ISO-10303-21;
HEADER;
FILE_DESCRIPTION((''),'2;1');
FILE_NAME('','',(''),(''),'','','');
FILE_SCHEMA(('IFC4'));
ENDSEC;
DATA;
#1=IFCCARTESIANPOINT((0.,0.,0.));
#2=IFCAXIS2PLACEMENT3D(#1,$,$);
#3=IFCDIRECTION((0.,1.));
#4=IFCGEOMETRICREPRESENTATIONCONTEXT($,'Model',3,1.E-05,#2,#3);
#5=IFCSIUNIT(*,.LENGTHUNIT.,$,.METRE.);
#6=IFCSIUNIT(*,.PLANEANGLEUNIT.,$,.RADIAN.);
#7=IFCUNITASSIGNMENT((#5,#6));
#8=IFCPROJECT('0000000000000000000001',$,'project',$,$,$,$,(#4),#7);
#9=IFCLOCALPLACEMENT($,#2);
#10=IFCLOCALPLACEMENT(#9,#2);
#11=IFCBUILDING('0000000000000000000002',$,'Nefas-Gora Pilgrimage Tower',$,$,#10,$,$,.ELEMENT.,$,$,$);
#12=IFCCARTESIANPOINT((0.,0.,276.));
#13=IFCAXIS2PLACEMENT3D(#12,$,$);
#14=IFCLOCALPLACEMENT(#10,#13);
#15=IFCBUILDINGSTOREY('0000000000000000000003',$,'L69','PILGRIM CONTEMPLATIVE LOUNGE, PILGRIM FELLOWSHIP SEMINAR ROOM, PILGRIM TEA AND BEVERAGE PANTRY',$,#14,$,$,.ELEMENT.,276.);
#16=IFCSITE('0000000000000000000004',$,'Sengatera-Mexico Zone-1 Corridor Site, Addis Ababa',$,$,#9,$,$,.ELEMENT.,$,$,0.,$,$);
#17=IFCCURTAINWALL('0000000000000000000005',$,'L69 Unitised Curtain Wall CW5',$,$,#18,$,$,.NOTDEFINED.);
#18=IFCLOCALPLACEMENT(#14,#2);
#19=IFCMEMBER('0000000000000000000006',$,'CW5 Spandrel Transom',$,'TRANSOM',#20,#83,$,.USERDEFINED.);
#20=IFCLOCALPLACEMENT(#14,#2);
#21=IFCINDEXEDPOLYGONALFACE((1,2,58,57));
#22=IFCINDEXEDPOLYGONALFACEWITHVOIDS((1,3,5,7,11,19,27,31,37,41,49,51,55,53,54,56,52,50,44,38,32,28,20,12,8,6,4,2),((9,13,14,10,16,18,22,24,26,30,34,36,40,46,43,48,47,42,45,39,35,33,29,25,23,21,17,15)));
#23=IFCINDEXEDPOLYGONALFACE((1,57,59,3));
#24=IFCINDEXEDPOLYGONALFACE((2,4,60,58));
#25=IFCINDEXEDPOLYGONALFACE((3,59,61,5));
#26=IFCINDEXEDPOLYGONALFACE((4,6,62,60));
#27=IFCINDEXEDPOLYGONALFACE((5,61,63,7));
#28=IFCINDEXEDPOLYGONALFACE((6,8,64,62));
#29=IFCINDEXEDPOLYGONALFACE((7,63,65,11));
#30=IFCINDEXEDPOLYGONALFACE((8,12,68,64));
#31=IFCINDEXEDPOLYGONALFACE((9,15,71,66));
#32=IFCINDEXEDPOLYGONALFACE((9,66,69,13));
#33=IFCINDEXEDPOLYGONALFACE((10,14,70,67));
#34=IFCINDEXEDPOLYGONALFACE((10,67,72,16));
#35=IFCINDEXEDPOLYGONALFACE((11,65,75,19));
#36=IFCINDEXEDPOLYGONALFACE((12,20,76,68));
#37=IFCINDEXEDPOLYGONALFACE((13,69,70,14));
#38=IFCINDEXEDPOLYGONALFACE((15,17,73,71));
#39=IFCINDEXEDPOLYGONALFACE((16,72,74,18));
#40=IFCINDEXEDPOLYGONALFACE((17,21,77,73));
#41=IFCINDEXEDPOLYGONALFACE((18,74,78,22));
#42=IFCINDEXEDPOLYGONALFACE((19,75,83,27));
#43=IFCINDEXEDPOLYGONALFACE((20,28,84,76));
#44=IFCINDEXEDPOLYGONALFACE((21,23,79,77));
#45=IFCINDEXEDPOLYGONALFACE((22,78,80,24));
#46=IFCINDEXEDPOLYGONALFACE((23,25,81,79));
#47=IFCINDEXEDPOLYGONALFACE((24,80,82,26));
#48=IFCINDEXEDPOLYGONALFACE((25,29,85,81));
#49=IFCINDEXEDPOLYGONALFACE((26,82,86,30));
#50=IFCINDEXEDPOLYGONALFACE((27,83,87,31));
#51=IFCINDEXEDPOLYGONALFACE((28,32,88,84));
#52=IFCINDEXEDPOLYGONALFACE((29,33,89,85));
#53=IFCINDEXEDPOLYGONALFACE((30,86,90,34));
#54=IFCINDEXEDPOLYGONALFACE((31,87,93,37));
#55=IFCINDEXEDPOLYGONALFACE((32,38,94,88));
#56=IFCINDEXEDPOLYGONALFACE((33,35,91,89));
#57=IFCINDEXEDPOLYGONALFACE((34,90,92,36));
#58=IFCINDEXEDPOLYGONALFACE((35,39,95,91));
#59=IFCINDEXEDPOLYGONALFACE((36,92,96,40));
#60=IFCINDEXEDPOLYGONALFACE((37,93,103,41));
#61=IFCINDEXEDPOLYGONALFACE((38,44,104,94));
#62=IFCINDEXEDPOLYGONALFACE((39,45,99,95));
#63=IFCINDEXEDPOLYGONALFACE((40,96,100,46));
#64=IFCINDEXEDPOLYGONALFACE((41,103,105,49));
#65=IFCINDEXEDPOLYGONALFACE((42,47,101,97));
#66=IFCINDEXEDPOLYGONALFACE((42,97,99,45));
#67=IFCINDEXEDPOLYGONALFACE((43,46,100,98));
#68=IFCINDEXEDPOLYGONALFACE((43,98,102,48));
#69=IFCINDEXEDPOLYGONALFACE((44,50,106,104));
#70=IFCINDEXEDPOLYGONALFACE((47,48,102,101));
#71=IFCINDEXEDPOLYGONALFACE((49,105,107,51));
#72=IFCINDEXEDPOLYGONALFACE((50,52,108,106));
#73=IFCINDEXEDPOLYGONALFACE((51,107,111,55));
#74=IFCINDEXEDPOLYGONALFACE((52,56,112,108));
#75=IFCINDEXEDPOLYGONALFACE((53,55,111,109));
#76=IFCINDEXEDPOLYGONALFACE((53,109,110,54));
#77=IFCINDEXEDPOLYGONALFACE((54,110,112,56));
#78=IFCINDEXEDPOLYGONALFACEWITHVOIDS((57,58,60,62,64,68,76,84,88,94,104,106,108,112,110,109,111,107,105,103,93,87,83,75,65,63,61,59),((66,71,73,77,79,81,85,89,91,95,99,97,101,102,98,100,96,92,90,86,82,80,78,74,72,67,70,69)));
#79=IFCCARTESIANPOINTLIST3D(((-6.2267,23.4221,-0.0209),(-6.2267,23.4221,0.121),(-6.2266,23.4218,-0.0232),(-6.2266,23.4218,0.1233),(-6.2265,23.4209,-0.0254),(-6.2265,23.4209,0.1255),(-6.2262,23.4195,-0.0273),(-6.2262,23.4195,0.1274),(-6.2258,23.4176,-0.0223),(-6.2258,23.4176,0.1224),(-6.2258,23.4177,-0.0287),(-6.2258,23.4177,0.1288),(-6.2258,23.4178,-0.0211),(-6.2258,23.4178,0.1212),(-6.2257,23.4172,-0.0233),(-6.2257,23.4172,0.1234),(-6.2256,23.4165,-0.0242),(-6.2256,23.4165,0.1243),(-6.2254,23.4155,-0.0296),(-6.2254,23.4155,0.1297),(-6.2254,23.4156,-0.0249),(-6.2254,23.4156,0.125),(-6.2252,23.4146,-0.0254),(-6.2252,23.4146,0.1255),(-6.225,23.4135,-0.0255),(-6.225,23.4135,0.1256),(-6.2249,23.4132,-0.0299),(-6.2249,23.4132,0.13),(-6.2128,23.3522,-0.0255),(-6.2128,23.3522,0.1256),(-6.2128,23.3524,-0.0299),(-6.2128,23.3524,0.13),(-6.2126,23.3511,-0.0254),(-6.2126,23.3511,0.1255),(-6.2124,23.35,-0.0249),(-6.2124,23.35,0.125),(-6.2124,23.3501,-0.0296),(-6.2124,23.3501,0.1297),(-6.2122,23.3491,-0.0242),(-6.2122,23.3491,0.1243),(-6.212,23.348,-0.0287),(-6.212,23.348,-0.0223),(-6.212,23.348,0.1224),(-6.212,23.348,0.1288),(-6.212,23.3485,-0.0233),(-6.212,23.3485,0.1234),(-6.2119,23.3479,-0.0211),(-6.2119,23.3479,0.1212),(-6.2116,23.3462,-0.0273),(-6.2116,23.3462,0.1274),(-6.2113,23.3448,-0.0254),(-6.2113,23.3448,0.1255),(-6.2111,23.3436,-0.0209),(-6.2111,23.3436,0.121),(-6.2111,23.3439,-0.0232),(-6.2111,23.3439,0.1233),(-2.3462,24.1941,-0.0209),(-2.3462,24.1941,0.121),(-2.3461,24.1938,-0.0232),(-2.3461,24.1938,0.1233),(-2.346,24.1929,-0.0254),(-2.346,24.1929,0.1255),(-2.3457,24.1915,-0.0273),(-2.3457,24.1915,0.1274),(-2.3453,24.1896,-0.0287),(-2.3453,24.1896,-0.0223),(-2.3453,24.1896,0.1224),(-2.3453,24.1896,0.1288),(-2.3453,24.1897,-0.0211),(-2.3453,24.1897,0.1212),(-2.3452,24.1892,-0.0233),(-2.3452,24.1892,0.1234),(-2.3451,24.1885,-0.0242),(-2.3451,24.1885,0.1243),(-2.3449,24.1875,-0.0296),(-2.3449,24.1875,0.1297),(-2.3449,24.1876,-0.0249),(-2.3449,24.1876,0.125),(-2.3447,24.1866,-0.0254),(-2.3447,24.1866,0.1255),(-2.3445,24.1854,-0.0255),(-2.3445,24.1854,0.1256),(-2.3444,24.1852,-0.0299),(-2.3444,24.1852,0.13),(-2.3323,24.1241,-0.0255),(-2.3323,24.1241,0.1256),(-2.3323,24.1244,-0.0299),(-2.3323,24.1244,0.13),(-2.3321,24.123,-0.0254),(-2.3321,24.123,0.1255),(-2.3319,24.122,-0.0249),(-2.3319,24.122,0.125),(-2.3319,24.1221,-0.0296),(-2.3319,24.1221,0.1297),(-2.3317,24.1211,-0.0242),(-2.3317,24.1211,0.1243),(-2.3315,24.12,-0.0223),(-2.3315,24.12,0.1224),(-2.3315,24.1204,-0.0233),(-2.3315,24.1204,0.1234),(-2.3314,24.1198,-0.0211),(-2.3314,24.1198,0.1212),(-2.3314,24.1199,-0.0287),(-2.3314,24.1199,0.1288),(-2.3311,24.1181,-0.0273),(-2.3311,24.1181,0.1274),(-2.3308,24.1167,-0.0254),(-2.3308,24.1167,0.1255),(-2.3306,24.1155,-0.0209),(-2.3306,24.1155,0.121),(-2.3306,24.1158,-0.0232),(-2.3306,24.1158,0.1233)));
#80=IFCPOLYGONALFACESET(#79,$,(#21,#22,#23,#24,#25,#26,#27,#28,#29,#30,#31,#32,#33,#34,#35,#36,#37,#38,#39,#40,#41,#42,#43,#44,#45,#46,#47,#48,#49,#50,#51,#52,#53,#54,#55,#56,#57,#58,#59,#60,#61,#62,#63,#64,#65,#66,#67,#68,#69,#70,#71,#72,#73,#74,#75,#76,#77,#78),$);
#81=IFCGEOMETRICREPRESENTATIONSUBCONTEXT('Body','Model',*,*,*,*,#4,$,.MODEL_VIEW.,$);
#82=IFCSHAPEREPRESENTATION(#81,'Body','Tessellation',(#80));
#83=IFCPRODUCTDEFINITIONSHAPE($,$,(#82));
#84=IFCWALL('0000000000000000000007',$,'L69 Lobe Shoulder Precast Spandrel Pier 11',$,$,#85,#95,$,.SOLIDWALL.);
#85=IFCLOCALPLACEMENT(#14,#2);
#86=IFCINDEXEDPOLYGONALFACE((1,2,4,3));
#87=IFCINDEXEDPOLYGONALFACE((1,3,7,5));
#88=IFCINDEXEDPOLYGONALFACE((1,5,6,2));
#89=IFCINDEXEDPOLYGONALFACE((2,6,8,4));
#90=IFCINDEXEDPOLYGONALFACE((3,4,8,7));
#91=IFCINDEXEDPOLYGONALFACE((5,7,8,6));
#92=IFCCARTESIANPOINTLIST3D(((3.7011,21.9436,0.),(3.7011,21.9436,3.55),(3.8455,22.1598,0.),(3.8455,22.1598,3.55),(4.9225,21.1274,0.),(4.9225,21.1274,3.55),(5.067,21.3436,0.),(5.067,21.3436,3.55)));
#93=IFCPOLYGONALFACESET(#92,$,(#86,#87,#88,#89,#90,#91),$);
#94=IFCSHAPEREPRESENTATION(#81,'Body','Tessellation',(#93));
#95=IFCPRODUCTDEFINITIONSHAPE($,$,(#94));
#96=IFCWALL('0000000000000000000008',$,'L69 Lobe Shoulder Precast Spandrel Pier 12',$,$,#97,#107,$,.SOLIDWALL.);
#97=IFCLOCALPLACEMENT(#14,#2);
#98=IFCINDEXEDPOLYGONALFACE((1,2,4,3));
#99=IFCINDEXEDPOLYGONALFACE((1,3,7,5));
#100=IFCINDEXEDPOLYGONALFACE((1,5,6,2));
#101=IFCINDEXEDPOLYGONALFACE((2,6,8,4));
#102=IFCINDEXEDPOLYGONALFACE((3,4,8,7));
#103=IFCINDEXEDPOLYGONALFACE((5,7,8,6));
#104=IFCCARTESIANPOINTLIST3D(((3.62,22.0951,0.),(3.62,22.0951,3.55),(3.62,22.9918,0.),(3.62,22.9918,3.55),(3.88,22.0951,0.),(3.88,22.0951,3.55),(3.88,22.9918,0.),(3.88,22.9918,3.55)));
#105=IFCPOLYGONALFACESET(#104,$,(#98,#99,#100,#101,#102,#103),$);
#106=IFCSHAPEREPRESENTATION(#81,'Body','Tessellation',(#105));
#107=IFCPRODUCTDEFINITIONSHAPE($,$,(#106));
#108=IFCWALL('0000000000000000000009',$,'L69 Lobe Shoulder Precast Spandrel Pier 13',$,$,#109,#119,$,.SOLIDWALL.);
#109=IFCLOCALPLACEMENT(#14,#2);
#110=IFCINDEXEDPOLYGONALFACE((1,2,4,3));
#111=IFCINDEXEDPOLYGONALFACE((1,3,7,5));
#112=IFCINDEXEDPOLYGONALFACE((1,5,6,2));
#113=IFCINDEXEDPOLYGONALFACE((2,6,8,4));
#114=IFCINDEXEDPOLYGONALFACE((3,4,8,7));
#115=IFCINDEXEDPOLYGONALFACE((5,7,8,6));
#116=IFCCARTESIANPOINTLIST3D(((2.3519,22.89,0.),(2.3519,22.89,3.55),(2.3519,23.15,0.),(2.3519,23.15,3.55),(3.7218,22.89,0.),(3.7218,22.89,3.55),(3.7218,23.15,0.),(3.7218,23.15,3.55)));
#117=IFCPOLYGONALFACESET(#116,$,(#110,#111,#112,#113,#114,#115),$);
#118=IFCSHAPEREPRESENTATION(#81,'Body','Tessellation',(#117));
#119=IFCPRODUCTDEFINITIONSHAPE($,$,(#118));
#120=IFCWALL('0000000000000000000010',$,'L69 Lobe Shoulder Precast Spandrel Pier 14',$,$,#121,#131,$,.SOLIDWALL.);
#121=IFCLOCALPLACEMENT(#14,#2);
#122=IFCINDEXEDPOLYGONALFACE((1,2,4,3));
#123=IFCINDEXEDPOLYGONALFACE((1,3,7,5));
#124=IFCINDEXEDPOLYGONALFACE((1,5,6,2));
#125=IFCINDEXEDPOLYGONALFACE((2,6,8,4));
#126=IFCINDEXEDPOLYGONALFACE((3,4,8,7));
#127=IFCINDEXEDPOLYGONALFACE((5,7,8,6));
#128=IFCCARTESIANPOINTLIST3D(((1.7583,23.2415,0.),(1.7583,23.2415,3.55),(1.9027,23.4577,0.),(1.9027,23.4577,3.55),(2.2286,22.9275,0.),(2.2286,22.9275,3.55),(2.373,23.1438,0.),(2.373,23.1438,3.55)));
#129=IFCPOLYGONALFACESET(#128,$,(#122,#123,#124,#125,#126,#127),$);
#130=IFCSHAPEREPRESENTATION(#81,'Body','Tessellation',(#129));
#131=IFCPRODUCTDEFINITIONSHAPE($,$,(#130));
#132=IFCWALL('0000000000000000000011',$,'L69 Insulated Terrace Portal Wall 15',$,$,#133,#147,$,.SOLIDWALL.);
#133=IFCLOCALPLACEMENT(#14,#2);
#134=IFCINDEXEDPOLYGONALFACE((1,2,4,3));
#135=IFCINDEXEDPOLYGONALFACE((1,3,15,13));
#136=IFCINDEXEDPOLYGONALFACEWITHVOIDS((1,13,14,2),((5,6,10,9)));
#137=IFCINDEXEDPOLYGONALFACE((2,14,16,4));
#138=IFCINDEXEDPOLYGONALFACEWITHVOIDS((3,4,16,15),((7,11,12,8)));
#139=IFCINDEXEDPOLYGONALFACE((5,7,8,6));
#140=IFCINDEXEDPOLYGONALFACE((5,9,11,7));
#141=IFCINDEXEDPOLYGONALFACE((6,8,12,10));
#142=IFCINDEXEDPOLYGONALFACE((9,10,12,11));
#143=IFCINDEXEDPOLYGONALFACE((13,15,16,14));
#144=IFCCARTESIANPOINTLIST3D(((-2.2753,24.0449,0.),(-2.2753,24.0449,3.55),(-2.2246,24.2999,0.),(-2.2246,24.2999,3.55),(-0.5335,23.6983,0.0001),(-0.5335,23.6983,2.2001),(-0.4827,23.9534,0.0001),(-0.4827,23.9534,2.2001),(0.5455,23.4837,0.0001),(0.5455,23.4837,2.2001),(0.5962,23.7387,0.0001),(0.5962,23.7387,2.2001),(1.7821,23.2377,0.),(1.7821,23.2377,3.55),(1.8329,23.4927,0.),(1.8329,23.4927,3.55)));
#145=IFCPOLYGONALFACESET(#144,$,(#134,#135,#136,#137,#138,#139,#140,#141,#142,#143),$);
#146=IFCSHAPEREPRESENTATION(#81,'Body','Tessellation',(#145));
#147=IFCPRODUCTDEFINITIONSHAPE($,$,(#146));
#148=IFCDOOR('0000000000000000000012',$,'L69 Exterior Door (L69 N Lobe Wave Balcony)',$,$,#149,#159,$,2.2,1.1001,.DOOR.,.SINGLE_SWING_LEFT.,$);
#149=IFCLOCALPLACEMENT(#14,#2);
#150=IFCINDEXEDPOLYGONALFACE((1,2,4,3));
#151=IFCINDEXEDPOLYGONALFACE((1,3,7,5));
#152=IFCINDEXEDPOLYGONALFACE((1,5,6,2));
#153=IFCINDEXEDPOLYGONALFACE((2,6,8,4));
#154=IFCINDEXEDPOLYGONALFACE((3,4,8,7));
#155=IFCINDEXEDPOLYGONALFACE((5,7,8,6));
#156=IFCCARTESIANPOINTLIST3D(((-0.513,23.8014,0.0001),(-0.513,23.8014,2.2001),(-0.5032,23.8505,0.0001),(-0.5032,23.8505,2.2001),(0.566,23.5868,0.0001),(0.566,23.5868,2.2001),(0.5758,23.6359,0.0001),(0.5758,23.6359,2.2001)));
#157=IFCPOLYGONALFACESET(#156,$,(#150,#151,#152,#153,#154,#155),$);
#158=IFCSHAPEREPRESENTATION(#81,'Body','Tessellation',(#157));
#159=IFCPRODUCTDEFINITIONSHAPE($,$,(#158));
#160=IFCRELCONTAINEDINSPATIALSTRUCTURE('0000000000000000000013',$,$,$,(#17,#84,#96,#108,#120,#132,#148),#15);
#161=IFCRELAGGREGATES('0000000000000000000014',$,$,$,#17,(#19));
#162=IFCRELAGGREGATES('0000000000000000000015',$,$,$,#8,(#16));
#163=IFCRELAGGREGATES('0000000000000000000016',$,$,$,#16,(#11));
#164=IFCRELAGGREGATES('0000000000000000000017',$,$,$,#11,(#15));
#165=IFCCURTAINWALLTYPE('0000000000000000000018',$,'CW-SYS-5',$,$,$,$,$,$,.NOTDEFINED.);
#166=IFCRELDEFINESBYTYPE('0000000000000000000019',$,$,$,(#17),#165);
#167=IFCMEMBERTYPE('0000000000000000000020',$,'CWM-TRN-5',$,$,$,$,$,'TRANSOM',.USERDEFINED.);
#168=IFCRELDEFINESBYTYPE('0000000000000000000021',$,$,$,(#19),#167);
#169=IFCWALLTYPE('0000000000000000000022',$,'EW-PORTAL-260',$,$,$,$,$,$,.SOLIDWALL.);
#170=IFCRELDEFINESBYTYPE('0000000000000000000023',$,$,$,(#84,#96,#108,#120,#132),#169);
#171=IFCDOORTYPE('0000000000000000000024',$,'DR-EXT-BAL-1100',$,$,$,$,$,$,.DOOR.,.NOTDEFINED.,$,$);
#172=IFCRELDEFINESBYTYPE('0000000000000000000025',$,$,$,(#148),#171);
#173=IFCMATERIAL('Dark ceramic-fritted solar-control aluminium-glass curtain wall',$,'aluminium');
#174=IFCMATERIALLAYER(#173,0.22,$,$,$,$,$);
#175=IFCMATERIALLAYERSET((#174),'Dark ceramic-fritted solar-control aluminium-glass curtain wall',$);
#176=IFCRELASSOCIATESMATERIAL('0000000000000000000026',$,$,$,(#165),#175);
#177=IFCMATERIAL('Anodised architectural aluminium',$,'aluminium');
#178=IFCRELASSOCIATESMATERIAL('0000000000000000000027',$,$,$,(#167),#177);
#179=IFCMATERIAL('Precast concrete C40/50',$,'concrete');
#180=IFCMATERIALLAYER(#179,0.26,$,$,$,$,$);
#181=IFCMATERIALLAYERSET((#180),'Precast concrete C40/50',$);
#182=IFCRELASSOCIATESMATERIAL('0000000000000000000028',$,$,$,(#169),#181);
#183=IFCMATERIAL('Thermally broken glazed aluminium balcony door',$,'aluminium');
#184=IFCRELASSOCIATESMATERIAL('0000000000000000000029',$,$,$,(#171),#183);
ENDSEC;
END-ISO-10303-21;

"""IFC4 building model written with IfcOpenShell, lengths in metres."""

from ifc_helpers import new_model, si_unit, direction, frame, frame_2d, origin, origin_2d, place, context, subcontext, project, spatial, rectangle, hollow_rectangle, extrude, source, transform, mapped, material, layer, layer_set, material_profile, profile_set, type_object, element, fill, aggregate, save


model = new_model("IFC4")

# Units and contexts
model_context = context("Model", 3, precision=1e-05, world=origin(), true_north=direction((0.0, 1.0)))
body_context = subcontext(model_context, "Body", "Model", "MODEL_VIEW")
ifc_project = project(units=[si_unit("LENGTHUNIT", "METRE"), si_unit("PLANEANGLEUNIT", "RADIAN")], contexts=[model_context])

# Site, building, storey
site_placement = place(None, origin())
site = spatial("IfcSite", under=ifc_project, at=site_placement, Name="Sengatera-Mexico Zone-1 Corridor Site, Addis Ababa", CompositionType="ELEMENT", RefElevation=0.0)
building_placement = place(site_placement, origin())
building = spatial("IfcBuilding", under=site, at=building_placement, Name="Nefas-Gora Pilgrimage Tower", CompositionType="ELEMENT")
storey_placement = place(building_placement, frame((0.0, 0.0, 276.0)))
storey = spatial("IfcBuildingStorey", under=building, at=storey_placement, Name="L69", Description="PILGRIM CONTEMPLATIVE LOUNGE, PILGRIM FELLOWSHIP SEMINAR ROOM, PILGRIM TEA AND BEVERAGE PANTRY", CompositionType="ELEMENT", Elevation=276.0)

# Shared definitions
ifc_material_1 = material(Name="Dark ceramic-fritted solar-control aluminium-glass curtain wall", Category="aluminium")
ifc_layer_1 = layer(ifc_material_1, 0.22)
ifc_layer_set_1 = layer_set([ifc_layer_1], Name="Dark ceramic-fritted solar-control aluminium-glass curtain wall")
curtain_wall_type = type_object("IfcCurtainWallType", Name="CW-SYS-5", PredefinedType="NOTDEFINED", material=ifc_layer_set_1)
ifc_material_2 = material(Name="Anodised architectural aluminium", Category="aluminium")

# Curtain wall, member
curtain_wall_1_placement = place(storey_placement, origin())
curtain_wall_1 = element("IfcCurtainWall", 1, at=curtain_wall_1_placement, inside=storey, type_object=curtain_wall_type, Name="L69 Unitised Curtain Wall CW5", PredefinedType="NOTDEFINED")
ifc_material_profile_1 = material_profile(ifc_material_2, hollow_rectangle(XDim=0.0801, YDim=0.1599, WallThickness=0.0044, InnerFilletRadius=0.0044, OuterFilletRadius=0.009, at=origin_2d()), Name="ALU TRANSOM 80x160")
ifc_profile_set_1 = profile_set([ifc_material_profile_1], Name="Anodised architectural aluminium")
member_type_1 = type_object("IfcMemberType", Name="CWM-TRN-5", ElementType="TRANSOM", PredefinedType="USERDEFINED", material=ifc_profile_set_1)
shared_shape_1 = source(origin(), body_context, "Body", "SweptSolid", [
    extrude(hollow_rectangle(XDim=0.0801, YDim=0.1599, WallThickness=0.0044, InnerFilletRadius=0.0044, OuterFilletRadius=0.009, at=origin_2d()), origin(), (0.0, 0.0, 1.0), 3.9565),
])
member_1_placement = place(storey_placement, frame((-2.3384, 24.1548, 0.05), z_axis=(-0.980782, -0.195107, 0.0), x_axis=(0.195107, -0.980782, 0.0)))
member_1 = element("IfcMember", 2, at=member_1_placement, type_object=member_type_1, Name="CW5 Spandrel Transom", ObjectType="TRANSOM", PredefinedType="USERDEFINED", context=body_context, shape_type="MappedRepresentation", body=[
    mapped(shared_shape_1, transform((0.0, 0.0, 0.0), x_axis=(1.0, 0.0, 0.0), y_axis=(0.0, 1.0, 0.0), z_axis=(0.0, 0.0, 1.0), scale=1.0)),
])
aggregate(curtain_wall_1, [member_1])

# Walls
ifc_material_3 = material(Name="Precast concrete C40/50", Category="concrete")
ifc_layer_2 = layer(ifc_material_3, 0.26)
ifc_layer_set_2 = layer_set([ifc_layer_2], Name="Precast concrete C40/50")
wall_type_1 = type_object("IfcWallType", Name="EW-PORTAL-260", PredefinedType="SOLIDWALL", material=ifc_layer_set_2)
shared_shape_2 = source(origin(), body_context, "Body", "SweptSolid", [
    extrude(rectangle(XDim=1.469, YDim=0.26, at=frame_2d((0.7344, 0.0))), origin(), (0.0, 0.0, 1.0), 3.55),
])
wall_1_placement = place(storey_placement, frame((4.9946, 21.2356, 0.0), z_axis=(0.0, 0.0, 1.0), x_axis=(-0.831462, 0.555582, 0.0)))
element("IfcWall", 3, at=wall_1_placement, inside=storey, type_object=wall_type_1, Name="L69 Lobe Shoulder Precast Spandrel Pier 11", PredefinedType="SOLIDWALL", context=body_context, shape_type="MappedRepresentation", body=[
    mapped(shared_shape_2, transform((0.0, 0.0, 0.0), x_axis=(1.0, 0.0, 0.0), y_axis=(0.0, 1.0, 0.0), z_axis=(0.0, 0.0, 1.0), scale=1.0)),
])
shared_shape_3 = source(origin(), body_context, "Body", "SweptSolid", [
    extrude(rectangle(XDim=0.8967, YDim=0.26, at=frame_2d((0.4482, 0.0))), origin(), (0.0, 0.0, 1.0), 3.55),
])
wall_2_placement = place(storey_placement, frame((3.75, 22.0952, 0.0), z_axis=(0.0, 0.0, 1.0), x_axis=(0.0, 1.0, 0.0)))
element("IfcWall", 4, at=wall_2_placement, inside=storey, type_object=wall_type_1, Name="L69 Lobe Shoulder Precast Spandrel Pier 12", PredefinedType="SOLIDWALL", context=body_context, shape_type="MappedRepresentation", body=[
    mapped(shared_shape_3, transform((0.0, 0.0, 0.0), x_axis=(1.0, 0.0, 0.0), y_axis=(0.0, 1.0, 0.0), z_axis=(0.0, 0.0, 1.0), scale=1.0)),
])
shared_shape_4 = source(origin(), body_context, "Body", "SweptSolid", [
    extrude(rectangle(XDim=1.3699, YDim=0.26, at=frame_2d((0.6851, 0.0))), origin(), (0.0, 0.0, 1.0), 3.55),
])
wall_3_placement = place(storey_placement, frame((3.7219, 23.02, 0.0), z_axis=(0.0, 0.0, 1.0), x_axis=(-1.0, 0.0, 0.0)))
element("IfcWall", 5, at=wall_3_placement, inside=storey, type_object=wall_type_1, Name="L69 Lobe Shoulder Precast Spandrel Pier 13", PredefinedType="SOLIDWALL", context=body_context, shape_type="MappedRepresentation", body=[
    mapped(shared_shape_4, transform((0.0, 0.0, 0.0), x_axis=(1.0, 0.0, 0.0), y_axis=(0.0, 1.0, 0.0), z_axis=(0.0, 0.0, 1.0), scale=1.0)),
])
shared_shape_5 = source(origin(), body_context, "Body", "SweptSolid", [
    extrude(rectangle(XDim=0.5654, YDim=0.26, at=frame_2d((0.2827, 0.0))), origin(), (0.0, 0.0, 1.0), 3.55),
])
wall_4_placement = place(storey_placement, frame((2.3008, 23.0356, 0.0), z_axis=(0.0, 0.0, 1.0), x_axis=(-0.831651, 0.555298, 0.0)))
element("IfcWall", 6, at=wall_4_placement, inside=storey, type_object=wall_type_1, Name="L69 Lobe Shoulder Precast Spandrel Pier 14", PredefinedType="SOLIDWALL", context=body_context, shape_type="MappedRepresentation", body=[
    mapped(shared_shape_5, transform((0.0, 0.0, 0.0), x_axis=(1.0, 0.0, 0.0), y_axis=(0.0, 1.0, 0.0), z_axis=(0.0, 0.0, 1.0), scale=1.0)),
])

# Wall, opening, door
shared_shape_6 = source(origin(), body_context, "Body", "SweptSolid", [
    extrude(rectangle(XDim=4.137, YDim=0.26, at=frame_2d((2.0684, 0.0))), origin(), (0.0, 0.0, 1.0), 3.55),
])
wall_5_placement = place(storey_placement, frame((1.8074, 23.3652, 0.0), z_axis=(0.0, 0.0, 1.0), x_axis=(-0.980782, 0.195106, 0.0)))
wall_5 = element("IfcWall", 7, at=wall_5_placement, inside=storey, type_object=wall_type_1, Name="L69 Insulated Terrace Portal Wall 15", PredefinedType="SOLIDWALL", context=body_context, shape_type="MappedRepresentation", body=[
    mapped(shared_shape_6, transform((0.0, 0.0, 0.0), x_axis=(1.0, 0.0, 0.0), y_axis=(0.0, 1.0, 0.0), z_axis=(0.0, 0.0, 1.0), scale=1.0)),
])
opening_1_placement = place(wall_5_placement, frame((1.2607, 0.0, 0.0)))
opening_1 = element("IfcOpeningElement", 8, at=opening_1_placement, cuts=wall_5, PredefinedType="OPENING", context=body_context, shape_type="SweptSolid", body=[
    extrude(rectangle(XDim=1.1001, YDim=2.2, at=frame_2d((0.55, 1.1001))), frame((0.0, 0.1399, 0.0), z_axis=(0.0, -1.0, 0.0), x_axis=(1.0, 0.0, 0.0)), (0.0, 0.0, 1.0), 0.28),
])
ifc_material_4 = material(Name="Thermally broken glazed aluminium balcony door", Category="aluminium")
door_type_1 = type_object("IfcDoorType", Name="DR-EXT-BAL-1100", OperationType="NOTDEFINED", PredefinedType="DOOR", material=ifc_material_4)
shared_shape_7 = source(origin(), body_context, "Body", "SweptSolid", [
    extrude(rectangle(XDim=1.1001, YDim=2.2, at=frame_2d((0.55, 1.1001))), frame((0.0, 0.0249, 0.0), z_axis=(0.0, -1.0, 0.0), x_axis=(1.0, 0.0, 0.0)), (0.0, 0.0, 1.0), 0.05),
])
door_1_placement = place(opening_1_placement, origin())
door_1 = element("IfcDoor", 9, at=door_1_placement, inside=storey, type_object=door_type_1, Name="L69 Exterior Door (L69 N Lobe Wave Balcony)", OperationType="SINGLE_SWING_LEFT", OverallHeight=2.2, OverallWidth=1.1001, PredefinedType="DOOR", context=body_context, shape_type="MappedRepresentation", body=[
    mapped(shared_shape_7, transform((0.0, 0.0, 0.0), x_axis=(1.0, 0.0, 0.0), y_axis=(0.0, 1.0, 0.0), z_axis=(0.0, 0.0, 1.0), scale=1.0)),
])
fill(opening_1, door_1)

save(model, "model.ifc")
